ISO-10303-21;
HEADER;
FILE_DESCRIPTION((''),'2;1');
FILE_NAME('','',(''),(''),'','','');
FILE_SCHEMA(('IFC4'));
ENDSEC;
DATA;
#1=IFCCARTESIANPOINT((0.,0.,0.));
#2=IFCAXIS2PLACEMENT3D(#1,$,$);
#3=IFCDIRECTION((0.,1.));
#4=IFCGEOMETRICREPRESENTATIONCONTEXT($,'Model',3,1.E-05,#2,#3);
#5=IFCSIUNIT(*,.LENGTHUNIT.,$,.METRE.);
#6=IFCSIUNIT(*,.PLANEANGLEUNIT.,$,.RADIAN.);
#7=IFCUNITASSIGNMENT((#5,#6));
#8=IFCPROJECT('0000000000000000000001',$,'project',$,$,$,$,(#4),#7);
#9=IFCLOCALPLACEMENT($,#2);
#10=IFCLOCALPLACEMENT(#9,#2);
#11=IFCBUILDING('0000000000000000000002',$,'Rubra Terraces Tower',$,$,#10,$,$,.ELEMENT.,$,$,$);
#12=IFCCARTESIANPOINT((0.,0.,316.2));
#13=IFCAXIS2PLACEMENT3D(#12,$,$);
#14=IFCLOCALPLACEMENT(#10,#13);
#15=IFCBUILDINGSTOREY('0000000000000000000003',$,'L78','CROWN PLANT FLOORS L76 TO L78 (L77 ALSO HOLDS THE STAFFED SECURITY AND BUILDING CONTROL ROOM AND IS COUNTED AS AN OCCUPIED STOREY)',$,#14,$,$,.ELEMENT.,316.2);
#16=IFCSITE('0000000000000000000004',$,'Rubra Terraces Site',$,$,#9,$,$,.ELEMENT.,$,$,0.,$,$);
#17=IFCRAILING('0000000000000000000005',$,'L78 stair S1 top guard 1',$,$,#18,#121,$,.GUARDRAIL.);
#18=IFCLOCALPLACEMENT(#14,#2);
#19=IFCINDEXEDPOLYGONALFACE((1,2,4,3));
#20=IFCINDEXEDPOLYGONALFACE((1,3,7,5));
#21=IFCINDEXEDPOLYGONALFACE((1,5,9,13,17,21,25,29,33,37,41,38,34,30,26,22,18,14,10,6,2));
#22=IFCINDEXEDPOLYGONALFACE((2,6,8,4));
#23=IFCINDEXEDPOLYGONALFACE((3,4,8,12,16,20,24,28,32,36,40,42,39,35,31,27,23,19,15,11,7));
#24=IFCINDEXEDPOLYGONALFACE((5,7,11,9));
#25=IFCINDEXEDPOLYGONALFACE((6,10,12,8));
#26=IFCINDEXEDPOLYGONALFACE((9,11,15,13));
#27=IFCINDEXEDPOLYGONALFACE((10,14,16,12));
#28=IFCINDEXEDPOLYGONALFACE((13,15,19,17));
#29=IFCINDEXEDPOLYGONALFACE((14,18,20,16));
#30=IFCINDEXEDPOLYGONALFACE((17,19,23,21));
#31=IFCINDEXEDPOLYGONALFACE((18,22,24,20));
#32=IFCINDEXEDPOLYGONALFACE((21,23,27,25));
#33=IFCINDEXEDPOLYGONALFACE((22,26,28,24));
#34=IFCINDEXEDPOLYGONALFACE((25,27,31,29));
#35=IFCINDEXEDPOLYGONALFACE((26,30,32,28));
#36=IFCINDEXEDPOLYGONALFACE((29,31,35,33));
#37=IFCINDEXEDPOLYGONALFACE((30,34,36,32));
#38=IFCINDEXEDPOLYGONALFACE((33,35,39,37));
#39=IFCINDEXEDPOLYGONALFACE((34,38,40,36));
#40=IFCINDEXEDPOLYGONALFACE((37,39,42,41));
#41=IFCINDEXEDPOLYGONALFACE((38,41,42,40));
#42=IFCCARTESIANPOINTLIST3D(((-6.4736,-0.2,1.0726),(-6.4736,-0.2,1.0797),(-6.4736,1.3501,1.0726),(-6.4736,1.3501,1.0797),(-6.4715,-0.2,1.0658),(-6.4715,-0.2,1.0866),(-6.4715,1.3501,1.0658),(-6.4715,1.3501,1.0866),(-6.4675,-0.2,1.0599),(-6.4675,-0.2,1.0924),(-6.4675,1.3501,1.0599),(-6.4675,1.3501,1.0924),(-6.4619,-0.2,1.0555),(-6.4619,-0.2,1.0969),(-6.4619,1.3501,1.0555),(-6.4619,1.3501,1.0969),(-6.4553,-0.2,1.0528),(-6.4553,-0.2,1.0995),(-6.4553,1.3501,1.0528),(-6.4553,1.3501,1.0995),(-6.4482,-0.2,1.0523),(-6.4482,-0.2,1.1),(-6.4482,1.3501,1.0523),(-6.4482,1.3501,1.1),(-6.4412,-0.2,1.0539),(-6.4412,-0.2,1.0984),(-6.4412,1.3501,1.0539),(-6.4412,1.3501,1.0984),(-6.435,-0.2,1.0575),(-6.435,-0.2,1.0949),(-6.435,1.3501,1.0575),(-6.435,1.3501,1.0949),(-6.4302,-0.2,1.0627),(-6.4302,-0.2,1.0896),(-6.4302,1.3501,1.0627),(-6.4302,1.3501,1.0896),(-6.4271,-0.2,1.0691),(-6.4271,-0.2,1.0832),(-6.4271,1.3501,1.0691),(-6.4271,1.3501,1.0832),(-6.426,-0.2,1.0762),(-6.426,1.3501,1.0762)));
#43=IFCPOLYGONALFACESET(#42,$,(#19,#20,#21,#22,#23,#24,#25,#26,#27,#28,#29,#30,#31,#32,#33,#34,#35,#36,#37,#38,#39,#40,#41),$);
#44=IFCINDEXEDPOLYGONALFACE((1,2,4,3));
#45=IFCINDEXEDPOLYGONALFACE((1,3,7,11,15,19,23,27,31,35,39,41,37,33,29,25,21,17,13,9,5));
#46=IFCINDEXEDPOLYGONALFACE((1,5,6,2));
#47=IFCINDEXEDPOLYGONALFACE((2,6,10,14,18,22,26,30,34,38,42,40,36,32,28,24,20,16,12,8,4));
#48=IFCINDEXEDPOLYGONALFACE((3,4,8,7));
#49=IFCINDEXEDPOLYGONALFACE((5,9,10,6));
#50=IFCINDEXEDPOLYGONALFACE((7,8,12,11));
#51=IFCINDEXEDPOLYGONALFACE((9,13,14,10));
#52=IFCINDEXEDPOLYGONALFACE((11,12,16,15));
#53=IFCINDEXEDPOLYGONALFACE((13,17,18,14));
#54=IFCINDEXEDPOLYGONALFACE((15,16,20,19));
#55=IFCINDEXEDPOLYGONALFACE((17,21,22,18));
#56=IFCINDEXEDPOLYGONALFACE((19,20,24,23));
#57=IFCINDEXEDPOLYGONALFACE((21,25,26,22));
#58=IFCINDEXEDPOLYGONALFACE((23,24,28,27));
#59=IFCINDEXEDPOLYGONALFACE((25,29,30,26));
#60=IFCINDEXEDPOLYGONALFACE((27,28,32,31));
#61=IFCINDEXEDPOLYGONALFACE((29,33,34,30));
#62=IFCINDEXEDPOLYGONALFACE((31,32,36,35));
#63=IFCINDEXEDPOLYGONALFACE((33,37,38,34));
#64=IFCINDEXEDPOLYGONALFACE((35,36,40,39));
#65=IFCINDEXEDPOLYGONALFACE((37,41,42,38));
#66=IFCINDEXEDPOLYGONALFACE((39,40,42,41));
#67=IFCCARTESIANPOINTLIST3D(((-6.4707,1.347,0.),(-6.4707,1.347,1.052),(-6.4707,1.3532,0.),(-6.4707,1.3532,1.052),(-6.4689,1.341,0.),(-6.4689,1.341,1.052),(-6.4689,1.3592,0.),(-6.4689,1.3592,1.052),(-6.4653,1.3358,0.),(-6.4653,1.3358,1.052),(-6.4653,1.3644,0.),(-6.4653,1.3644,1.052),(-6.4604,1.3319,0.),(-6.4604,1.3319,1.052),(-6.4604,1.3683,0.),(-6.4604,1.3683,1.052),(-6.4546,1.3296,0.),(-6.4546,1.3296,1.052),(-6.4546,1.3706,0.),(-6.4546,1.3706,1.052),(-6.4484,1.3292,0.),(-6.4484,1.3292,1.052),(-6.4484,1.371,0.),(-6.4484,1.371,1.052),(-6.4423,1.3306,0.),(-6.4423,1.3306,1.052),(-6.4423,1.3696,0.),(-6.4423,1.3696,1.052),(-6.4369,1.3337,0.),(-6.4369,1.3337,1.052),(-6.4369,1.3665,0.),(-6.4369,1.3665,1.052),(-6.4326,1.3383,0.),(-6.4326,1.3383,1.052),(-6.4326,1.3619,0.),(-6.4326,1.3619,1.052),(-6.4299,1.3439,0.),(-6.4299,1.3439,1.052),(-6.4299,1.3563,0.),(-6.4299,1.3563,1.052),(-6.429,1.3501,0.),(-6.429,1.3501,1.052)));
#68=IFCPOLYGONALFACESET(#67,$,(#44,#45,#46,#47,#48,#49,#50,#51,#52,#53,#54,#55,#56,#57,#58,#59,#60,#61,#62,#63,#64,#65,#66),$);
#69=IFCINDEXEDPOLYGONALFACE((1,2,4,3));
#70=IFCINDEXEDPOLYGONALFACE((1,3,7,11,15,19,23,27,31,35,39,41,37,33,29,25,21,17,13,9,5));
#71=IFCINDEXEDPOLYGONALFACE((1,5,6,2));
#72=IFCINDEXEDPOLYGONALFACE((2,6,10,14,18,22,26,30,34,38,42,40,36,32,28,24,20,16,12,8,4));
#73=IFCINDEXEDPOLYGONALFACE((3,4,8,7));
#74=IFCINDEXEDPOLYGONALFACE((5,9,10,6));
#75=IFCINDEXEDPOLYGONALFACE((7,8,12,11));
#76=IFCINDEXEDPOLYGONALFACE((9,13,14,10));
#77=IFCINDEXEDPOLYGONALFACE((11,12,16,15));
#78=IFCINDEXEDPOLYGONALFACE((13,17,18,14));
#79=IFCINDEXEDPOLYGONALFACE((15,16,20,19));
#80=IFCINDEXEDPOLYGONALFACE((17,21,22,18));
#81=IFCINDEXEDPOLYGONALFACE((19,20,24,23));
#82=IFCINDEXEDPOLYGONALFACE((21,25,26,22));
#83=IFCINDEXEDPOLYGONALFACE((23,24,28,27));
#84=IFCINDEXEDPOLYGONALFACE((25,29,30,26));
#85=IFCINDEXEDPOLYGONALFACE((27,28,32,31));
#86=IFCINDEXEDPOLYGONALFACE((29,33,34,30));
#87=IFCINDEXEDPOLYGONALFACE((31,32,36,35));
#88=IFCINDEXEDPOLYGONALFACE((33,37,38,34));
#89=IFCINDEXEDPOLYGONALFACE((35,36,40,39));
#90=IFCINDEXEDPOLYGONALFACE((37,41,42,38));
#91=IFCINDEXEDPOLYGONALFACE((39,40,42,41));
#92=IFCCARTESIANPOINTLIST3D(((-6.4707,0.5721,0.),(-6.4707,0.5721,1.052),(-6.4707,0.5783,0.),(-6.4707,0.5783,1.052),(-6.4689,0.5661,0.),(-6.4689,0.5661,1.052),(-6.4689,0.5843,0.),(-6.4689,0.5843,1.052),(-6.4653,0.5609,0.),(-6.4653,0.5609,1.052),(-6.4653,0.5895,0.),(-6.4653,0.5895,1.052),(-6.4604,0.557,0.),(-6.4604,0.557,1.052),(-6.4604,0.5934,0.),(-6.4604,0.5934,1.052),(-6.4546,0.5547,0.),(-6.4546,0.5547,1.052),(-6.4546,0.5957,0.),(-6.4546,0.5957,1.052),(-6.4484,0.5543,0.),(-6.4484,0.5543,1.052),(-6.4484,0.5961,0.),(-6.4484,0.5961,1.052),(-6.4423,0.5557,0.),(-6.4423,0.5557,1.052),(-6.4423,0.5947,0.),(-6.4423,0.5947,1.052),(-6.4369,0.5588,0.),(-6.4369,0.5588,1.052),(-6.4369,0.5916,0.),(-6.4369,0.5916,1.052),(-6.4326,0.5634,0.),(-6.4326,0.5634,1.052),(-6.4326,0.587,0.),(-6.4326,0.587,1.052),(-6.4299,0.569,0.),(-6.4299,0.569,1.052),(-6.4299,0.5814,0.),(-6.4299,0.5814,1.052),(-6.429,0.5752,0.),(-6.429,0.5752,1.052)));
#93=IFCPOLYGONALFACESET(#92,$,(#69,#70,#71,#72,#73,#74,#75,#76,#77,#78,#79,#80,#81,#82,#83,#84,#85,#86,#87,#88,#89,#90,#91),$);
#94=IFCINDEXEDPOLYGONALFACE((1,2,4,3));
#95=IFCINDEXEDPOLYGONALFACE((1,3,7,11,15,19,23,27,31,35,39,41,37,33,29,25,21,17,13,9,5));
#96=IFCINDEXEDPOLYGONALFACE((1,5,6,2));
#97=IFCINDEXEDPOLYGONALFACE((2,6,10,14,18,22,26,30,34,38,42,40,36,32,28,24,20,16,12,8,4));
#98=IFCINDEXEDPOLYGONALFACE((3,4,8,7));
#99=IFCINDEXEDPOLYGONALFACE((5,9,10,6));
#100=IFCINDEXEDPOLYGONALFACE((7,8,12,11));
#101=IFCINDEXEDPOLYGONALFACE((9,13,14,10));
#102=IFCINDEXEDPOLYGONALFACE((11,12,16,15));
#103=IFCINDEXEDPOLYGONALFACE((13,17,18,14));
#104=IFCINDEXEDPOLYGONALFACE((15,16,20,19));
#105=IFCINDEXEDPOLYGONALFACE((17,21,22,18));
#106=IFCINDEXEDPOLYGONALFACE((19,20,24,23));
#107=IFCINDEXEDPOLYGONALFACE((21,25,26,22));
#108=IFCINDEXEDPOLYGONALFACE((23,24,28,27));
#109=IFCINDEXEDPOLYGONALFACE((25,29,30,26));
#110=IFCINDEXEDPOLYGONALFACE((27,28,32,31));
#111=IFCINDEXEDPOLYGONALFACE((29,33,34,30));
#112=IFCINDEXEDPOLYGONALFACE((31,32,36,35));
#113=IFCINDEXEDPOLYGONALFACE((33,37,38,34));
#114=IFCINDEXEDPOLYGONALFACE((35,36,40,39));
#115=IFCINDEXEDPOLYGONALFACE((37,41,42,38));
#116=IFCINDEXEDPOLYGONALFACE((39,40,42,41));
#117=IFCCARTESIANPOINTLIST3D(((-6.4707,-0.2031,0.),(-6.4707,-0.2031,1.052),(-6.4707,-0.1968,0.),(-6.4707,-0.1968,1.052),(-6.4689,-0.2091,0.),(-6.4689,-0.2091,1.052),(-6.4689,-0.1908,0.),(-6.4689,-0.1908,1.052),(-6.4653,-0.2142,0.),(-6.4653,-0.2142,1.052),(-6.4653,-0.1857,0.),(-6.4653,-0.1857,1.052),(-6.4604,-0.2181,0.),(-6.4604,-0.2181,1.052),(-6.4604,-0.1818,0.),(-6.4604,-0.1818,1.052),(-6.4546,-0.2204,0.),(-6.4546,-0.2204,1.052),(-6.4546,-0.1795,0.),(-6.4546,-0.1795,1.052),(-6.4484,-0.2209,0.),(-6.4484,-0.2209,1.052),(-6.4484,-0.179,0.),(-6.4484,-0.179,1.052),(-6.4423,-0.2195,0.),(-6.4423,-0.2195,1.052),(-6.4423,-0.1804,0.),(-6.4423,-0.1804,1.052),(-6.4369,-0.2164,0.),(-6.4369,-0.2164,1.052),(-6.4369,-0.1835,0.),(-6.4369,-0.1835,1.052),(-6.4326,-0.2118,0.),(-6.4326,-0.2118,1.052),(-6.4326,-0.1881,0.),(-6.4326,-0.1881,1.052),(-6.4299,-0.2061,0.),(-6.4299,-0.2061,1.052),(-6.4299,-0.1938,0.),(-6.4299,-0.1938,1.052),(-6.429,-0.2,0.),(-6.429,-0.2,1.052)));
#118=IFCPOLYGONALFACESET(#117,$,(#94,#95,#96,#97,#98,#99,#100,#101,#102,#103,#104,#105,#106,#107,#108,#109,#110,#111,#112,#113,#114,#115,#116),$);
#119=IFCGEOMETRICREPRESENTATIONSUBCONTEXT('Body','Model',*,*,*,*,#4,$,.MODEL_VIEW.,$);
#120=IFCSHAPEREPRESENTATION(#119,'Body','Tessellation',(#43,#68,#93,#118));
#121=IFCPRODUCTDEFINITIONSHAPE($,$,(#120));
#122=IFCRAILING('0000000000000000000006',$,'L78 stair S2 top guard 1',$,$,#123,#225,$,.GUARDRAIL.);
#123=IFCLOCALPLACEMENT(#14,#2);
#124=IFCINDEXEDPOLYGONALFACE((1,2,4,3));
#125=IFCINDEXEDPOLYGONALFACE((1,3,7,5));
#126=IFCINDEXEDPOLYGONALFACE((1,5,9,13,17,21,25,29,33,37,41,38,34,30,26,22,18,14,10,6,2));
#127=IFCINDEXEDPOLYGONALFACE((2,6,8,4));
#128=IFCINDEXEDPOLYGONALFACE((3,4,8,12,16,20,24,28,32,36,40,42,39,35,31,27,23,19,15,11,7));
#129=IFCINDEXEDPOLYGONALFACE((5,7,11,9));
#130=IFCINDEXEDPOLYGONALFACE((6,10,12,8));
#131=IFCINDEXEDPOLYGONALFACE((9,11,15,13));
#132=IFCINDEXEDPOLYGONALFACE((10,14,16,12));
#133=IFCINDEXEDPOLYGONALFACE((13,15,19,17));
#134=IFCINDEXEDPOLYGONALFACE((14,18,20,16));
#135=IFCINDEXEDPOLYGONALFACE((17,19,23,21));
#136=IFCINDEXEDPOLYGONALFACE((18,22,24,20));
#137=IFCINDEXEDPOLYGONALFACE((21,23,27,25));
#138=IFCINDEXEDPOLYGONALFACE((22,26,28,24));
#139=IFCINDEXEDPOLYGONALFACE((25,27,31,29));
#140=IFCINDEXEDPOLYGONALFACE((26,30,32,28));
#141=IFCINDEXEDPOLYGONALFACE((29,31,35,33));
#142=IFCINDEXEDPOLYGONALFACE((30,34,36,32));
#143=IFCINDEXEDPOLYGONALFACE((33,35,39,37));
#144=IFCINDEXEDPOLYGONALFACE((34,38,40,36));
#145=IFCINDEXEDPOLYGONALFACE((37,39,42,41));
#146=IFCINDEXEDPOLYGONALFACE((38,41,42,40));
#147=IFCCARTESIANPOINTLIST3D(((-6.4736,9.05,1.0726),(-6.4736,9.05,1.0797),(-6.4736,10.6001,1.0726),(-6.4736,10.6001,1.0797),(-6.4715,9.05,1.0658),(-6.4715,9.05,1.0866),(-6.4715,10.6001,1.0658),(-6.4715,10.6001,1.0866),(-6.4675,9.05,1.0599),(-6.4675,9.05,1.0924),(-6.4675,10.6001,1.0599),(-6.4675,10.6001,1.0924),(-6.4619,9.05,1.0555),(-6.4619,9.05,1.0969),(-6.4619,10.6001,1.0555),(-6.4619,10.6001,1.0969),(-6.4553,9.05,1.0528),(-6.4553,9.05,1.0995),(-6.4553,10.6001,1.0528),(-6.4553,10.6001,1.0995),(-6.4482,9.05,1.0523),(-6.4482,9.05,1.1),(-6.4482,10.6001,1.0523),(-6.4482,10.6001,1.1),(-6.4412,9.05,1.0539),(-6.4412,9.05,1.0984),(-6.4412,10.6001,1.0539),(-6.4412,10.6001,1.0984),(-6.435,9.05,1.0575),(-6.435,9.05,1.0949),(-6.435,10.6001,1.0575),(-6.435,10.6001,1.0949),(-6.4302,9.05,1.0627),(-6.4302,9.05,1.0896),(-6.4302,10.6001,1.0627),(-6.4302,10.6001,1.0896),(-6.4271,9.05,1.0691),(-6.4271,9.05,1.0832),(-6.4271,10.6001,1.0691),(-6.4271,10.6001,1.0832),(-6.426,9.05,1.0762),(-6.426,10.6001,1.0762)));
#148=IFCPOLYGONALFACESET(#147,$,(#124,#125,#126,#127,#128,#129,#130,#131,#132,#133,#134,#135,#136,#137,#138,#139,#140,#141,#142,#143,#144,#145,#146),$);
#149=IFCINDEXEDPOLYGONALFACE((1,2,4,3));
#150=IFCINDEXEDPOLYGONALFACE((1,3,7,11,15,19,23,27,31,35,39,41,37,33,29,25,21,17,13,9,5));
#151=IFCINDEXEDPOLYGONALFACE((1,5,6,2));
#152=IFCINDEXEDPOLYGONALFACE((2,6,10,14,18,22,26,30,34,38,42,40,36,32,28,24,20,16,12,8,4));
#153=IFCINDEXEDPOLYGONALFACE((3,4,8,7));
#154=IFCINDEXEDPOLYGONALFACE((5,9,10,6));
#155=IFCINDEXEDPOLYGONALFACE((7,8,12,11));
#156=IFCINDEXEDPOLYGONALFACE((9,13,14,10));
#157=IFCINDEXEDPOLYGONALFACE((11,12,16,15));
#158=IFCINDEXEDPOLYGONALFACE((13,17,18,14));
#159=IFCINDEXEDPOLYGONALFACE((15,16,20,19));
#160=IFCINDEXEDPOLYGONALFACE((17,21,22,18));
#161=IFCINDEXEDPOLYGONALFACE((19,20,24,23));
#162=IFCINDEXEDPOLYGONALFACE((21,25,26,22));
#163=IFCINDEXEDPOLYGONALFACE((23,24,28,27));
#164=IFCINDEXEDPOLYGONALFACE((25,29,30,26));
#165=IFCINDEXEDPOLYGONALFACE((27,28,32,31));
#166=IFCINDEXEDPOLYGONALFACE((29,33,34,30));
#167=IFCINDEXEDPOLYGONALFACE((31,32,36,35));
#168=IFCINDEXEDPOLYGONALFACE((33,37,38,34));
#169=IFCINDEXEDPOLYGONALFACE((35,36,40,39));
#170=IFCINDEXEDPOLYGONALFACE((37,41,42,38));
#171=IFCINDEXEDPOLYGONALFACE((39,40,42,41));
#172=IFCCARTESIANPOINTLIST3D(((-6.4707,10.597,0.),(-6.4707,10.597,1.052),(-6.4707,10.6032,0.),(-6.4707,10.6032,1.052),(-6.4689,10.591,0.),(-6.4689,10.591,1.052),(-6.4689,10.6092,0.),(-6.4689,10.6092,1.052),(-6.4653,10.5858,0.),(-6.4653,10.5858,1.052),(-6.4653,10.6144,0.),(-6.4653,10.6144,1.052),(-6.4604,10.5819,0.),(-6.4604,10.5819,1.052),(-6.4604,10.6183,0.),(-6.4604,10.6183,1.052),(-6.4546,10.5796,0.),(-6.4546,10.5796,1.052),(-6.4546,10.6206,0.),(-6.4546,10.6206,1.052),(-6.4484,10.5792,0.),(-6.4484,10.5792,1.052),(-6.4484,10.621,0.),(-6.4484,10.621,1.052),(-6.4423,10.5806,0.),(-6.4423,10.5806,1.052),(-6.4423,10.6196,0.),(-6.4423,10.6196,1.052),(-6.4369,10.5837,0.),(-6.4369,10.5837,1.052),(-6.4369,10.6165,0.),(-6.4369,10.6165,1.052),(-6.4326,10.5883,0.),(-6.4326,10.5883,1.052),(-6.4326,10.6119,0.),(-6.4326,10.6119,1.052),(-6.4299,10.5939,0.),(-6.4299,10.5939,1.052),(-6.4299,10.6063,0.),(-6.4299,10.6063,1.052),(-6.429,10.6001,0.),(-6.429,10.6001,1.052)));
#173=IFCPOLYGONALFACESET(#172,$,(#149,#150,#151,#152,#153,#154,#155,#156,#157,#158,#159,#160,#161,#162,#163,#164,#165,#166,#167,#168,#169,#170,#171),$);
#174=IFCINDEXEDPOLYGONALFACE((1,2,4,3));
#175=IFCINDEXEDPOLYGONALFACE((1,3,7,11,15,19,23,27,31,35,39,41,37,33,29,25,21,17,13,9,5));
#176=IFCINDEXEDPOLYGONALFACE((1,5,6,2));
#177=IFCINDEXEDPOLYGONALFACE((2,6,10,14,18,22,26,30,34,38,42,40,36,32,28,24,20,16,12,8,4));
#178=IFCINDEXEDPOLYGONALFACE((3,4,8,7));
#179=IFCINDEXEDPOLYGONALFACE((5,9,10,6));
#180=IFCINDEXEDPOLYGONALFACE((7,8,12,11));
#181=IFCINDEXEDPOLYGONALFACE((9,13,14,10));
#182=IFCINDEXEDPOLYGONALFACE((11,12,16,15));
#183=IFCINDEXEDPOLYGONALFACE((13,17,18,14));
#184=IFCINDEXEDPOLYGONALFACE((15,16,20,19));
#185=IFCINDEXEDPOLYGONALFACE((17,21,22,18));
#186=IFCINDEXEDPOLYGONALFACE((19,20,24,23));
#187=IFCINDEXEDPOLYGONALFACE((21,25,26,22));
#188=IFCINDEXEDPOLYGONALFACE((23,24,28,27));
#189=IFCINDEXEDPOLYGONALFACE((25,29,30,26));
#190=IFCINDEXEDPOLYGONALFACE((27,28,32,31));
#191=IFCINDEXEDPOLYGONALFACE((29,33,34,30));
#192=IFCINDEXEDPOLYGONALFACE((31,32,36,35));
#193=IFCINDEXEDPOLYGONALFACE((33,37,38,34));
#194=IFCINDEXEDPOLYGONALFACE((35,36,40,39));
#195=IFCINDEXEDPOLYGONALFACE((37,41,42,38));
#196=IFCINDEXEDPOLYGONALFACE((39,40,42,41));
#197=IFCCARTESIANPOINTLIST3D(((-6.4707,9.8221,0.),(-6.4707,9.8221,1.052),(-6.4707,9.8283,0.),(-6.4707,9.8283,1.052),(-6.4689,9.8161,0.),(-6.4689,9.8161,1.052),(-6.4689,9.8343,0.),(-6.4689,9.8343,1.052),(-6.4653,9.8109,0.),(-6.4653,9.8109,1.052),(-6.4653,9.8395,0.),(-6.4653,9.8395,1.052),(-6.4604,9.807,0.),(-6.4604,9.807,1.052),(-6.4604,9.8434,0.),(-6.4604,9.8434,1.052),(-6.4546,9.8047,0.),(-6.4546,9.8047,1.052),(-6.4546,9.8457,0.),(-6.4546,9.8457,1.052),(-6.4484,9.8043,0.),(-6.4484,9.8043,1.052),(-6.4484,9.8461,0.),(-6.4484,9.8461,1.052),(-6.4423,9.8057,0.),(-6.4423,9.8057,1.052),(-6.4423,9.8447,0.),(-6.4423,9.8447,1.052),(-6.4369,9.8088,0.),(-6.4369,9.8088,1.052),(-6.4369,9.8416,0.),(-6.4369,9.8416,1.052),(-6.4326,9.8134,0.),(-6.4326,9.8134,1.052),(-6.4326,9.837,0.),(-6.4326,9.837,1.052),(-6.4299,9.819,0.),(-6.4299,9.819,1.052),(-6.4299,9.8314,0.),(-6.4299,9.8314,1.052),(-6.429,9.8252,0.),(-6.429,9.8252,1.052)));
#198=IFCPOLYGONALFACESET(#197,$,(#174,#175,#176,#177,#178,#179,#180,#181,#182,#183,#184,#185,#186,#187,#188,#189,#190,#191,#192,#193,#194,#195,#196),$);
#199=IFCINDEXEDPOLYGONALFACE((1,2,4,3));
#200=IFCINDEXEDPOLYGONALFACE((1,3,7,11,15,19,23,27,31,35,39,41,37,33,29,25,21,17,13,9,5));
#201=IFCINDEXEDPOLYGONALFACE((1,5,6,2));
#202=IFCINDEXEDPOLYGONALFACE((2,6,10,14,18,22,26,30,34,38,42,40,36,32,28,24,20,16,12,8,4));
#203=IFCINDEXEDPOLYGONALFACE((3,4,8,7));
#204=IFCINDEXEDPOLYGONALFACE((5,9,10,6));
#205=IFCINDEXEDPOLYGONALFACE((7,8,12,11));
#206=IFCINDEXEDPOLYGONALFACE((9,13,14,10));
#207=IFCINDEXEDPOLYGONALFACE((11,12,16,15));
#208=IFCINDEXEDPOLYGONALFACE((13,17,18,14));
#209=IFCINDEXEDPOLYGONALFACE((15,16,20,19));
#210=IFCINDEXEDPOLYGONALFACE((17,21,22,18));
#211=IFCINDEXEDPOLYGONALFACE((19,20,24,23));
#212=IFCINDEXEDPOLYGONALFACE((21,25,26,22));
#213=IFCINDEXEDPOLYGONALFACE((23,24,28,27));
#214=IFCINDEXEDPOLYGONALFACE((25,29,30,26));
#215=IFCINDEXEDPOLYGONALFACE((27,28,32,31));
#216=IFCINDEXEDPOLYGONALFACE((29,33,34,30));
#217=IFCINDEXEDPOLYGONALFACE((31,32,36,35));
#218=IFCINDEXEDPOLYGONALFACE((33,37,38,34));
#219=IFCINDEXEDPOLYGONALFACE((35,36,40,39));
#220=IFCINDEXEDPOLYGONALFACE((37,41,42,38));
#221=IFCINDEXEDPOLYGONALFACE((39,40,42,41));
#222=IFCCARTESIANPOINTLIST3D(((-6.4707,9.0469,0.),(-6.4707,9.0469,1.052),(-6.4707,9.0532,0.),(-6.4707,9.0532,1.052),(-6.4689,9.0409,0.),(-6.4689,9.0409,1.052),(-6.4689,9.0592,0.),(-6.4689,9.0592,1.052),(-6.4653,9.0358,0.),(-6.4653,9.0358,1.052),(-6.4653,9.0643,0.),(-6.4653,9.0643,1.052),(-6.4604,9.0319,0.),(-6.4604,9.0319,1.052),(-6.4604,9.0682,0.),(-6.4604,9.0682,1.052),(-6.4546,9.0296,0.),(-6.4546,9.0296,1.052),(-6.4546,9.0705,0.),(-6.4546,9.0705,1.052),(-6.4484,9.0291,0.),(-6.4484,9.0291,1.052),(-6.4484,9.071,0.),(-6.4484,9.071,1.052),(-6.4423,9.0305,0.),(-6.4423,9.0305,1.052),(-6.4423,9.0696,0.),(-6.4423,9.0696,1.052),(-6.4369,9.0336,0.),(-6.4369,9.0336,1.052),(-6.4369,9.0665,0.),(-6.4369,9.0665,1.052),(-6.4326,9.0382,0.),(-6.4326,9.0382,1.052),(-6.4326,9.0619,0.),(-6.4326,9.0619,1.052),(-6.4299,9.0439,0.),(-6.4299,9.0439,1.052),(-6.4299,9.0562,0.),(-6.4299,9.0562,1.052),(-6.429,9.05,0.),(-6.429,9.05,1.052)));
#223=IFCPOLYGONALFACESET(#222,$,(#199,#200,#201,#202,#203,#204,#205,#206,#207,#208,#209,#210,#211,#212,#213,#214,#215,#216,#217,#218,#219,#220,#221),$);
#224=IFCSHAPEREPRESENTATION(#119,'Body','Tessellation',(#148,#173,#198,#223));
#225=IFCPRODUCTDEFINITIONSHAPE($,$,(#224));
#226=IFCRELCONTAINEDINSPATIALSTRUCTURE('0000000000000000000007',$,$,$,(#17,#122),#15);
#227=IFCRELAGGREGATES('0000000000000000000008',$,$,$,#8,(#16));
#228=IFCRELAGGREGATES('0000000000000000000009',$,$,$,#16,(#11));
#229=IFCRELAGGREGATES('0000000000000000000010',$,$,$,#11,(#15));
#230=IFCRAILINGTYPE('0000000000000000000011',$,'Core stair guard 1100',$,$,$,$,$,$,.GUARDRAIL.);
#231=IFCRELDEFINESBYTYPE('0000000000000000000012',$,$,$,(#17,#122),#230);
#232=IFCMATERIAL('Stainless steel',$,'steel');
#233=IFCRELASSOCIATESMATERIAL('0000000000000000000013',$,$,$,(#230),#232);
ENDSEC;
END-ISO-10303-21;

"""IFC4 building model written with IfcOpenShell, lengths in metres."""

from ifc_helpers import new_model, si_unit, direction, frame, origin, origin_2d, place, context, subcontext, project, spatial, circle, extrude, material, type_object, element, save


model = new_model("IFC4")

# Units and contexts
model_context = context("Model", 3, precision=1e-05, world=origin(), true_north=direction((0.0, 1.0)))
body_context = subcontext(model_context, "Body", "Model", "MODEL_VIEW")
ifc_project = project(units=[si_unit("LENGTHUNIT", "METRE"), si_unit("PLANEANGLEUNIT", "RADIAN")], contexts=[model_context])

# Site, building, storey
site_placement = place(None, origin())
site = spatial("IfcSite", under=ifc_project, at=site_placement, Name="Rubra Terraces Site", CompositionType="ELEMENT", RefElevation=0.0)
building_placement = place(site_placement, origin())
building = spatial("IfcBuilding", under=site, at=building_placement, Name="Rubra Terraces Tower", CompositionType="ELEMENT")
storey_placement = place(building_placement, frame((0.0, 0.0, 316.2)))
storey = spatial("IfcBuildingStorey", under=building, at=storey_placement, Name="L78", Description="CROWN PLANT FLOORS L76 TO L78 (L77 ALSO HOLDS THE STAFFED SECURITY AND BUILDING CONTROL ROOM AND IS COUNTED AS AN OCCUPIED STOREY)", CompositionType="ELEMENT", Elevation=316.2)

# Railings
ifc_material_1 = material(Name="Stainless steel", Category="steel")
railing_type = type_object("IfcRailingType", Name="Core stair guard 1100", PredefinedType="GUARDRAIL", material=ifc_material_1)
for number, where, name in (
    (1, (-6.45, 1.3501, 0.0), "L78 stair S1 top guard 1"),
    (2, (-6.45, 10.6001, 0.0), "L78 stair S2 top guard 1"),
):
    element("IfcRailing", number, at=place(storey_placement, frame(where)), inside=storey, type_object=railing_type, Name=name, PredefinedType="GUARDRAIL", context=body_context, shape_type="SweptSolid", body=[
        extrude(circle(Radius=0.0239, at=origin_2d()), frame((0.0, 0.0, 1.0762), z_axis=(0.0, -1.0, 0.0), x_axis=(1.0, 0.0, 0.0)), (0.0, 0.0, 1.0), 1.55),
        extrude(circle(Radius=0.021, at=origin_2d()), origin(), (0.0, 0.0, 1.0), 1.052),
        extrude(circle(Radius=0.021, at=origin_2d()), frame((0.0, -0.7749, 0.0)), (0.0, 0.0, 1.0), 1.052),
        extrude(circle(Radius=0.021, at=origin_2d()), frame((0.0, -1.55, 0.0)), (0.0, 0.0, 1.0), 1.052),
    ])

save(model, "model.ifc")
